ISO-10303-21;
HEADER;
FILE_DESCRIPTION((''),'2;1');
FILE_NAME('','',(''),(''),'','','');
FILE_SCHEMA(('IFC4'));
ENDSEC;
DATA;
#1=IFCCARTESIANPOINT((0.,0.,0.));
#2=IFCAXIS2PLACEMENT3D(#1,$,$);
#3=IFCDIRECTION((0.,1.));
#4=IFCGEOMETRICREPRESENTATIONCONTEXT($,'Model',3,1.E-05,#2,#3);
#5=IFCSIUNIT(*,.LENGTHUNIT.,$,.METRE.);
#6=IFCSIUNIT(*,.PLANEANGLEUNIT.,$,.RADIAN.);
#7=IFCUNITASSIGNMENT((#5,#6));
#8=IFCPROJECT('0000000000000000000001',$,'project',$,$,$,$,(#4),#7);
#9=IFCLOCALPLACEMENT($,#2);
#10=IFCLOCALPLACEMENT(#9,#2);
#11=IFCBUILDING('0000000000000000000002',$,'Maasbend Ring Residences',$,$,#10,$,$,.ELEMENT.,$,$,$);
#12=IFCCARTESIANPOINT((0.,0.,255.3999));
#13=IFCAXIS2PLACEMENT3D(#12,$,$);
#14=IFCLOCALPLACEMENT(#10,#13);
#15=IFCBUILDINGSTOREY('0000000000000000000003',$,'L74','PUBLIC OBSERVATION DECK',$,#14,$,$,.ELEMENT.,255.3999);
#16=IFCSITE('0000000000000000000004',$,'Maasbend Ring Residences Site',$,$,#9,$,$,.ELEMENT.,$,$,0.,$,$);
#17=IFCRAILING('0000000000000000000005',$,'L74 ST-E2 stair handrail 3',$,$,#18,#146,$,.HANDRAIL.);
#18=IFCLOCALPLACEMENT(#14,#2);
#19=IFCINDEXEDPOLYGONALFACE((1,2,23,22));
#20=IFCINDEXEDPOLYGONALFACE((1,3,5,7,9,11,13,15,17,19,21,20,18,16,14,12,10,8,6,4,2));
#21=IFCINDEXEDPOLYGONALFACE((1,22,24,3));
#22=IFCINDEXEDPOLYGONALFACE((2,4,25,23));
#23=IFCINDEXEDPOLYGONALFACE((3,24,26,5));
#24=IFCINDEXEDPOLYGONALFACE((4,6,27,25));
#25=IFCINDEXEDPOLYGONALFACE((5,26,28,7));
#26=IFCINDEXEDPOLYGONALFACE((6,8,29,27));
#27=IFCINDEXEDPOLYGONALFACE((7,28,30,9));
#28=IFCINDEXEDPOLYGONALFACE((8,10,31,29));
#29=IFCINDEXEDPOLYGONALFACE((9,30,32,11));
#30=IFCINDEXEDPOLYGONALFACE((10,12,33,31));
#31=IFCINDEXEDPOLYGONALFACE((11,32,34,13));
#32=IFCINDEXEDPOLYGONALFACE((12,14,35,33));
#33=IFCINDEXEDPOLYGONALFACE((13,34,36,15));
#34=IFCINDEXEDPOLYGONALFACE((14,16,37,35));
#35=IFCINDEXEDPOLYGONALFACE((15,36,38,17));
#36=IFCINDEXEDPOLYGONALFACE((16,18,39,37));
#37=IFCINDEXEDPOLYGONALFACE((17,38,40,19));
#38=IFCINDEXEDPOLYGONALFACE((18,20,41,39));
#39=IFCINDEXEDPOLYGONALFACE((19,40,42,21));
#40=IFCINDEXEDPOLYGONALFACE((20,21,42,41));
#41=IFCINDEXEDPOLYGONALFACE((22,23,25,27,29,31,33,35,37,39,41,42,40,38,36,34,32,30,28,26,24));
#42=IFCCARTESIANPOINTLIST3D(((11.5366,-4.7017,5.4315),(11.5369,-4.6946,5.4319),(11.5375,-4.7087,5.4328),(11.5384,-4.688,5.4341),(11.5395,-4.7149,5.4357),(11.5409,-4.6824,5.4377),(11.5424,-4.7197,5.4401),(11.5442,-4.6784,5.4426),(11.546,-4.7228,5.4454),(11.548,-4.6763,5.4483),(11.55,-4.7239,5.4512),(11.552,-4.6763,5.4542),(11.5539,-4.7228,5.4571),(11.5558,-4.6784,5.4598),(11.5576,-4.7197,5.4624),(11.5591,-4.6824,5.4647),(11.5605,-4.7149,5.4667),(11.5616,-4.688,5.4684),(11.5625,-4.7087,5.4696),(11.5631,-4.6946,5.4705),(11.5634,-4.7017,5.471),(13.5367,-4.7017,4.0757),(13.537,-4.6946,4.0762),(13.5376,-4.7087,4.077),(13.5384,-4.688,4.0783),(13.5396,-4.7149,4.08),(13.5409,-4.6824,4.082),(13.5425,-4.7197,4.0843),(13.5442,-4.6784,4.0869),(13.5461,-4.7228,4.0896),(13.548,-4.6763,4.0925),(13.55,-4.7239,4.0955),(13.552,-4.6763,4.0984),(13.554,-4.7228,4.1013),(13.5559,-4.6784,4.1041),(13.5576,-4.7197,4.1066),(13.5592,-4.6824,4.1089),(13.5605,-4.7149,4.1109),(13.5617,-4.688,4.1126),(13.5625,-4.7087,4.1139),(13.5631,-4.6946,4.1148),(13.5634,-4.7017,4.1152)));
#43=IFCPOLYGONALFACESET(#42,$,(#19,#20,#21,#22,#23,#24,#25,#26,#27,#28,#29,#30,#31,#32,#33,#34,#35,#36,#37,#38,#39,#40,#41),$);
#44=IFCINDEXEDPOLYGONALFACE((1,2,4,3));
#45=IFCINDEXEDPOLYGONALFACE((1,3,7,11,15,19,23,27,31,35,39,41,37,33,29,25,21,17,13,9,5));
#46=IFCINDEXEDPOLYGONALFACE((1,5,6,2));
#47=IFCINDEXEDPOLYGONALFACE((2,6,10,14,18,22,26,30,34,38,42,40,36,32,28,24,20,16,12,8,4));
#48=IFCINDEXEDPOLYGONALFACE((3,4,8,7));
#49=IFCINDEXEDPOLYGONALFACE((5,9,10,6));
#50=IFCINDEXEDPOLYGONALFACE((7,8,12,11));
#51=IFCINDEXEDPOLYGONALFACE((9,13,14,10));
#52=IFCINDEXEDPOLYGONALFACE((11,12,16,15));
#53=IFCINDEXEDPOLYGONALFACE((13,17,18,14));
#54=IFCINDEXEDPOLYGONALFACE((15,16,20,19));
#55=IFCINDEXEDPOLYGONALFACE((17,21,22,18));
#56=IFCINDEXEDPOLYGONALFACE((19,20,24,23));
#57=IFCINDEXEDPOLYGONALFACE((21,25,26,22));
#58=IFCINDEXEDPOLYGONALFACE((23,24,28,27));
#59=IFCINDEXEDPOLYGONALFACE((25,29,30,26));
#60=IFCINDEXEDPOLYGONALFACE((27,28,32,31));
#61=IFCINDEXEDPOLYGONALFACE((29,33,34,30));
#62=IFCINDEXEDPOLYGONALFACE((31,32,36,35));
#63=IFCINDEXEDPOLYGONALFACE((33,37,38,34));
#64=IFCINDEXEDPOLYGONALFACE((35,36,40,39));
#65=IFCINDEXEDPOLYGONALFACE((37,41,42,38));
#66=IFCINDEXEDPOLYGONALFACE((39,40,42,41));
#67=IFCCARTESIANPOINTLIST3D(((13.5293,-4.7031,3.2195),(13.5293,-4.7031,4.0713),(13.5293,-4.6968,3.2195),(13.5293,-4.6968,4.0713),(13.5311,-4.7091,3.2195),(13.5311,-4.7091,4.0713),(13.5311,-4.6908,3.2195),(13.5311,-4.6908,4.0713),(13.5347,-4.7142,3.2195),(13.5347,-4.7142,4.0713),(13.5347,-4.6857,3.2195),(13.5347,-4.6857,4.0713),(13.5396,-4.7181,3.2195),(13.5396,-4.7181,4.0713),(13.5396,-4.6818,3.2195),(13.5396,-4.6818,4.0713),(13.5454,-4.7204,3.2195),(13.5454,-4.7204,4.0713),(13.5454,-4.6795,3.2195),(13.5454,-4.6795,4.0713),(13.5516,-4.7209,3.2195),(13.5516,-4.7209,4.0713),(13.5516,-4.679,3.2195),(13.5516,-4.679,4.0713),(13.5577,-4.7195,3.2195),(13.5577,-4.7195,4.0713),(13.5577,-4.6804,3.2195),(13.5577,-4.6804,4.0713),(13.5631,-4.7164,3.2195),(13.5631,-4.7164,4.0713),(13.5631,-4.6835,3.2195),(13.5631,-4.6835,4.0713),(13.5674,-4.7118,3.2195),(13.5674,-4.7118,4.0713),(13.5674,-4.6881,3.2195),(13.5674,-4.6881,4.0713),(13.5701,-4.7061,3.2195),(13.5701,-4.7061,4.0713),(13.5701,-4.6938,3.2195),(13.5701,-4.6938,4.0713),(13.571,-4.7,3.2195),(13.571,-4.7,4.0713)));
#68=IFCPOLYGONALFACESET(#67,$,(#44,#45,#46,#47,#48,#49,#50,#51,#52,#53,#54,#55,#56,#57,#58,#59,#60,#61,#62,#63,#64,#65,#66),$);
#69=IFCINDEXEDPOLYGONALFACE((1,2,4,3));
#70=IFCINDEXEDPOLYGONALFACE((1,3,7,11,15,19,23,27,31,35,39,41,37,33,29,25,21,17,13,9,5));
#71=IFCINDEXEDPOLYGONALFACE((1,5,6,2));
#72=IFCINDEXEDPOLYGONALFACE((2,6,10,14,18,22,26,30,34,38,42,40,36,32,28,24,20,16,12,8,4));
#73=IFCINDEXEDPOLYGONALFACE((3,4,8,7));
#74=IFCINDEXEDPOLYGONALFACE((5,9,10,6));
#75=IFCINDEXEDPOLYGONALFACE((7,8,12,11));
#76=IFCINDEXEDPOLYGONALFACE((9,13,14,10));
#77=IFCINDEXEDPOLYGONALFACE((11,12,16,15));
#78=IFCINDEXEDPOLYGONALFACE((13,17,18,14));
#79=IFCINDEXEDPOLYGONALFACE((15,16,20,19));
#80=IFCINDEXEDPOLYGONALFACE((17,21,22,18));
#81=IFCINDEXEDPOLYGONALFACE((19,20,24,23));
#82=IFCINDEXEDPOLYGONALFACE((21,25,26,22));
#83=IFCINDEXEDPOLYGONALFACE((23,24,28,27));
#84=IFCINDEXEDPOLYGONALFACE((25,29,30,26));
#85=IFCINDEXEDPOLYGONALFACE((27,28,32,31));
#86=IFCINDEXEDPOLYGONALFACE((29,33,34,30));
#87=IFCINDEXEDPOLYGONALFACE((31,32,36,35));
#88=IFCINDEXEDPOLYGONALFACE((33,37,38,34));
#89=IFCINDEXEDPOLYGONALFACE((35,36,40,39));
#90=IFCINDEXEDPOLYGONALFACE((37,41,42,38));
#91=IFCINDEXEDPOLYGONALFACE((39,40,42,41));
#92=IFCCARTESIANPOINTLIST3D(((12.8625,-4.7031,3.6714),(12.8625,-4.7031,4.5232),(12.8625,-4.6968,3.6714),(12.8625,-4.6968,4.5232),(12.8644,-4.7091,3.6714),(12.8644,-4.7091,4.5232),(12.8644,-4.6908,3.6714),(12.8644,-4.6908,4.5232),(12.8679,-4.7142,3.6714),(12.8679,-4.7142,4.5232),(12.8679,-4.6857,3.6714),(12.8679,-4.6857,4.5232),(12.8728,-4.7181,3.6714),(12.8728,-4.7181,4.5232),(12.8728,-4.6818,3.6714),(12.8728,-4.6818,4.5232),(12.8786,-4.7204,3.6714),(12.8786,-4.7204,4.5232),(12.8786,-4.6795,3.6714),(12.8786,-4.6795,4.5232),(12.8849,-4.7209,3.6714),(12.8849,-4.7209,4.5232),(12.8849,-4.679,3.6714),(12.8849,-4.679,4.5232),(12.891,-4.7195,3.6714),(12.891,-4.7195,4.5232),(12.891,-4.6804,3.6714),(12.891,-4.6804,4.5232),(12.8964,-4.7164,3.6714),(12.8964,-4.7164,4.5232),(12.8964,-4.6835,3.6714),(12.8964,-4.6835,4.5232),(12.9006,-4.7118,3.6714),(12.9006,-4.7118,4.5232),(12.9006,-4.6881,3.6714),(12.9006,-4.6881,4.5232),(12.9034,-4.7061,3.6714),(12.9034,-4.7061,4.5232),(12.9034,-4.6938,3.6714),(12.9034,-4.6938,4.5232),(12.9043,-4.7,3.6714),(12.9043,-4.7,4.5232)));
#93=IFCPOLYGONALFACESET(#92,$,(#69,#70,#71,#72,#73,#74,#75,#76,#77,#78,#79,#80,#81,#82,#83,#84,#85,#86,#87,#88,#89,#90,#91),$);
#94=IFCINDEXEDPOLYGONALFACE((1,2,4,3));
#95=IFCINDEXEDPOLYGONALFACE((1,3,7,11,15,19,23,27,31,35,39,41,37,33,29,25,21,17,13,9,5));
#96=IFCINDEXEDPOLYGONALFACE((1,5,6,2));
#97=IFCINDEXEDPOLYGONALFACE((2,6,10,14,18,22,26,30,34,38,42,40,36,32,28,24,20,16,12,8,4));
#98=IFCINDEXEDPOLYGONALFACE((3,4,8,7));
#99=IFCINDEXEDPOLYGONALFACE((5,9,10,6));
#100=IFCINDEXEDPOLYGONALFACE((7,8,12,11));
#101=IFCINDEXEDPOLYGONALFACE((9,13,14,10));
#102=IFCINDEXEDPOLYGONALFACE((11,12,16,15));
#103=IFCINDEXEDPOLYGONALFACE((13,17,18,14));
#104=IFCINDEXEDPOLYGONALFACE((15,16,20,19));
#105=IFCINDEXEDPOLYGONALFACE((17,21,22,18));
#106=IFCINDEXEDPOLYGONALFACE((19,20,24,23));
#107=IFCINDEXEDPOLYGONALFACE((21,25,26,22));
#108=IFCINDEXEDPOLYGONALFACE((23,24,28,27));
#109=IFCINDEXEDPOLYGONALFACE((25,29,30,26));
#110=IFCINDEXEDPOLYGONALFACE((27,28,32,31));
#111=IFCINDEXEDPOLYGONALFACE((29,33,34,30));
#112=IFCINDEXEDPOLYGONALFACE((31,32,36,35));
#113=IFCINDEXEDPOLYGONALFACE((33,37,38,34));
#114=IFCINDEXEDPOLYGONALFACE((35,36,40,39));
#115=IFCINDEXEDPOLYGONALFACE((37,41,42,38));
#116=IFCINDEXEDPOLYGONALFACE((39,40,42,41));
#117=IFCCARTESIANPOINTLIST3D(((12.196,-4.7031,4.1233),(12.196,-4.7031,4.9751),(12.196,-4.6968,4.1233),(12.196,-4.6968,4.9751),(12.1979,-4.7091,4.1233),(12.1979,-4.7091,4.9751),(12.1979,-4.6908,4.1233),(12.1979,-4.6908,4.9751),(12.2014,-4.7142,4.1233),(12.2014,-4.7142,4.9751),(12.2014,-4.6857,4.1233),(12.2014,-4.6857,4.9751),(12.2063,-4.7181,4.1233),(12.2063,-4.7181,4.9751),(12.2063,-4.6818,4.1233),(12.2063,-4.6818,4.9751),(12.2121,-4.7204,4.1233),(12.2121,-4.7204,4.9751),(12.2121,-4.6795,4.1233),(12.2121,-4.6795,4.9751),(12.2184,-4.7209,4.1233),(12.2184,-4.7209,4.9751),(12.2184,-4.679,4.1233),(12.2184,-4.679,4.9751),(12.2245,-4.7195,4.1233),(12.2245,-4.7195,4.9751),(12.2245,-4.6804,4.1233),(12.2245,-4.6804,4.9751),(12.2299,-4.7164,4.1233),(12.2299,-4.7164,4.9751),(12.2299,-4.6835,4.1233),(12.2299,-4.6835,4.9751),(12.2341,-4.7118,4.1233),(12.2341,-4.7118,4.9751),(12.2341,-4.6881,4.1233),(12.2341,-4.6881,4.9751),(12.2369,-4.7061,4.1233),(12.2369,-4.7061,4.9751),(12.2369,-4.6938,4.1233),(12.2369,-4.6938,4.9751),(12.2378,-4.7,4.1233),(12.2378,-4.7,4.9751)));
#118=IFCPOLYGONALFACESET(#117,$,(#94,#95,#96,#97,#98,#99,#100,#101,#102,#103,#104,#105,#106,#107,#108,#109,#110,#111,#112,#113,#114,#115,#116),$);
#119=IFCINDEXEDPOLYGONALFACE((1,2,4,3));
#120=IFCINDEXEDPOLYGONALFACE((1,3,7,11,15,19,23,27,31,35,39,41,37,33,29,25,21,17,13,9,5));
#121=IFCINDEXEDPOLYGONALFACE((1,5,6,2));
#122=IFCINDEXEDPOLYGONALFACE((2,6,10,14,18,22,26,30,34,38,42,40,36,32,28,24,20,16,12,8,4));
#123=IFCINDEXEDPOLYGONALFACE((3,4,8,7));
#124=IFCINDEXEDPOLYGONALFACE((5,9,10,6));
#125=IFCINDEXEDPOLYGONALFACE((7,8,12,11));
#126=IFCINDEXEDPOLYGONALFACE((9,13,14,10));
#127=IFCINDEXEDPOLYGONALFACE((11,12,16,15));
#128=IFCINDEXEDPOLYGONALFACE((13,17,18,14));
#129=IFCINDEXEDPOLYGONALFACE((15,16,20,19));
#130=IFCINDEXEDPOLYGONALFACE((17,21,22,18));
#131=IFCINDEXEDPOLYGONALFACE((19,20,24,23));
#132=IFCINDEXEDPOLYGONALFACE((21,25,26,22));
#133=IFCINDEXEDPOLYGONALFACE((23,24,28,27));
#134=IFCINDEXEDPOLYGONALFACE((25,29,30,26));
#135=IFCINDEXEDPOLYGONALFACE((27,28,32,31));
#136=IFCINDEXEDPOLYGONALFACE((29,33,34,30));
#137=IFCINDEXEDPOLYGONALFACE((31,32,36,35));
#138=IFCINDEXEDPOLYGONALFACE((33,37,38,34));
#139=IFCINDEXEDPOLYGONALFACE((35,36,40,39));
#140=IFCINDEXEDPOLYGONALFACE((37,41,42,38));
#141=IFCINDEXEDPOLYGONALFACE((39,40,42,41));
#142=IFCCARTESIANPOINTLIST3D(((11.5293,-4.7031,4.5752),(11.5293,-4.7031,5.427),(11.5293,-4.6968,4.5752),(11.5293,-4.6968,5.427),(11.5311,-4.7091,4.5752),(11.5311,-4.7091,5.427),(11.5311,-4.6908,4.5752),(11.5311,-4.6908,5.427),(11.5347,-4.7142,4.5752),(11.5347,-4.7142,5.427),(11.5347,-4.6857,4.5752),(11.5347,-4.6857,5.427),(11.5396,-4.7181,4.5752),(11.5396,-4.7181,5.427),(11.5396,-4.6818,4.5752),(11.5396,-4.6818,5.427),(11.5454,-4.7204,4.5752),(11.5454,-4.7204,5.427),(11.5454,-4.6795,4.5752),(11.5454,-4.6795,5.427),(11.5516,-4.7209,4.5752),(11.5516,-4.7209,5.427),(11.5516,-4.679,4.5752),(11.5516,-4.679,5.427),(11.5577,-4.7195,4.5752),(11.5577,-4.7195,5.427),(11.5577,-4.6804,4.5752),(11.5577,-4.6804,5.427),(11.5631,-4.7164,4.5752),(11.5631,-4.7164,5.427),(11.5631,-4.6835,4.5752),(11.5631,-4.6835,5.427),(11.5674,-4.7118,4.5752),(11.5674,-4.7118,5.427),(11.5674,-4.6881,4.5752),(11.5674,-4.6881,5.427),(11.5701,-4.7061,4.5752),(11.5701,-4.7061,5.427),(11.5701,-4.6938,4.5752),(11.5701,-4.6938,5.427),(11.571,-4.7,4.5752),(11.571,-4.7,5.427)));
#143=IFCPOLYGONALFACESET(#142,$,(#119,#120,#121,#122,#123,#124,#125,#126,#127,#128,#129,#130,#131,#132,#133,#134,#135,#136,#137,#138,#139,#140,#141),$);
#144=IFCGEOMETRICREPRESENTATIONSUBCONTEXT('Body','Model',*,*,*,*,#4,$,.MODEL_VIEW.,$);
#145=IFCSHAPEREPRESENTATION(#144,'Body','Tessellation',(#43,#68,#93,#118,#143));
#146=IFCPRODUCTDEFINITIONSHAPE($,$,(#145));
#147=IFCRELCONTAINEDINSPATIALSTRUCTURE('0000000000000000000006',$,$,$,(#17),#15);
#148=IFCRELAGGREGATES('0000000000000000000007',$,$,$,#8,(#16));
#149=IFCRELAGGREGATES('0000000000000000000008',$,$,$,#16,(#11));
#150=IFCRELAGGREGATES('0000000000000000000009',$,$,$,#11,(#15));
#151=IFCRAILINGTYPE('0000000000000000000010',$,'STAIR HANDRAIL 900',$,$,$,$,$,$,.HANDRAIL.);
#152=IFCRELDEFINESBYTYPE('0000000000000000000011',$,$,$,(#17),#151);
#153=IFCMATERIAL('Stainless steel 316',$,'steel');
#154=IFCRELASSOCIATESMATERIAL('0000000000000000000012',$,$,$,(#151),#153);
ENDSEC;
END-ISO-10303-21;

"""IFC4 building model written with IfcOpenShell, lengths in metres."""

from ifc_helpers import new_model, si_unit, direction, frame, origin, origin_2d, place, context, subcontext, project, spatial, circle, extrude, material, type_object, element, save


model = new_model("IFC4")

# Units and contexts
model_context = context("Model", 3, precision=1e-05, world=origin(), true_north=direction((0.0, 1.0)))
body_context = subcontext(model_context, "Body", "Model", "MODEL_VIEW")
ifc_project = project(units=[si_unit("LENGTHUNIT", "METRE"), si_unit("PLANEANGLEUNIT", "RADIAN")], contexts=[model_context])

# Site, building, storey
site_placement = place(None, origin())
site = spatial("IfcSite", under=ifc_project, at=site_placement, Name="Maasbend Ring Residences Site", CompositionType="ELEMENT", RefElevation=0.0)
building_placement = place(site_placement, origin())
building = spatial("IfcBuilding", under=site, at=building_placement, Name="Maasbend Ring Residences", CompositionType="ELEMENT")
storey_placement = place(building_placement, frame((0.0, 0.0, 255.3999)))
storey = spatial("IfcBuildingStorey", under=building, at=storey_placement, Name="L74", Description="PUBLIC OBSERVATION DECK", CompositionType="ELEMENT", Elevation=255.3999)

# Railing
ifc_material_1 = material(Name="Stainless steel 316", Category="steel")
railing_type_1 = type_object("IfcRailingType", Name="STAIR HANDRAIL 900", PredefinedType="HANDRAIL", material=ifc_material_1)
railing_1_placement = place(storey_placement, frame((13.55, -4.7, 3.2195)))
element("IfcRailing", 1, at=railing_1_placement, inside=storey, type_object=railing_type_1, Name="L74 ST-E2 stair handrail 3", PredefinedType="HANDRAIL", context=body_context, shape_type="SweptSolid", body=[
    extrude(circle(Radius=0.0239, at=origin_2d()), frame((0.0, 0.0, 0.876), z_axis=(-0.827751, 0.0, 0.561096), x_axis=(0.0, -1.0, 0.0)), (0.0, 0.0, 1.0), 2.4163),
    extrude(circle(Radius=0.021, at=origin_2d()), origin(), (0.0, 0.0, 1.0), 0.8518),
    extrude(circle(Radius=0.021, at=origin_2d()), frame((-0.6667, 0.0, 0.4519)), (0.0, 0.0, 1.0), 0.8518),
    extrude(circle(Radius=0.021, at=origin_2d()), frame((-1.3333, 0.0, 0.9038)), (0.0, 0.0, 1.0), 0.8518),
    extrude(circle(Radius=0.021, at=origin_2d()), frame((-2.0, 0.0, 1.3557)), (0.0, 0.0, 1.0), 0.8518),
])

save(model, "model.ifc")
